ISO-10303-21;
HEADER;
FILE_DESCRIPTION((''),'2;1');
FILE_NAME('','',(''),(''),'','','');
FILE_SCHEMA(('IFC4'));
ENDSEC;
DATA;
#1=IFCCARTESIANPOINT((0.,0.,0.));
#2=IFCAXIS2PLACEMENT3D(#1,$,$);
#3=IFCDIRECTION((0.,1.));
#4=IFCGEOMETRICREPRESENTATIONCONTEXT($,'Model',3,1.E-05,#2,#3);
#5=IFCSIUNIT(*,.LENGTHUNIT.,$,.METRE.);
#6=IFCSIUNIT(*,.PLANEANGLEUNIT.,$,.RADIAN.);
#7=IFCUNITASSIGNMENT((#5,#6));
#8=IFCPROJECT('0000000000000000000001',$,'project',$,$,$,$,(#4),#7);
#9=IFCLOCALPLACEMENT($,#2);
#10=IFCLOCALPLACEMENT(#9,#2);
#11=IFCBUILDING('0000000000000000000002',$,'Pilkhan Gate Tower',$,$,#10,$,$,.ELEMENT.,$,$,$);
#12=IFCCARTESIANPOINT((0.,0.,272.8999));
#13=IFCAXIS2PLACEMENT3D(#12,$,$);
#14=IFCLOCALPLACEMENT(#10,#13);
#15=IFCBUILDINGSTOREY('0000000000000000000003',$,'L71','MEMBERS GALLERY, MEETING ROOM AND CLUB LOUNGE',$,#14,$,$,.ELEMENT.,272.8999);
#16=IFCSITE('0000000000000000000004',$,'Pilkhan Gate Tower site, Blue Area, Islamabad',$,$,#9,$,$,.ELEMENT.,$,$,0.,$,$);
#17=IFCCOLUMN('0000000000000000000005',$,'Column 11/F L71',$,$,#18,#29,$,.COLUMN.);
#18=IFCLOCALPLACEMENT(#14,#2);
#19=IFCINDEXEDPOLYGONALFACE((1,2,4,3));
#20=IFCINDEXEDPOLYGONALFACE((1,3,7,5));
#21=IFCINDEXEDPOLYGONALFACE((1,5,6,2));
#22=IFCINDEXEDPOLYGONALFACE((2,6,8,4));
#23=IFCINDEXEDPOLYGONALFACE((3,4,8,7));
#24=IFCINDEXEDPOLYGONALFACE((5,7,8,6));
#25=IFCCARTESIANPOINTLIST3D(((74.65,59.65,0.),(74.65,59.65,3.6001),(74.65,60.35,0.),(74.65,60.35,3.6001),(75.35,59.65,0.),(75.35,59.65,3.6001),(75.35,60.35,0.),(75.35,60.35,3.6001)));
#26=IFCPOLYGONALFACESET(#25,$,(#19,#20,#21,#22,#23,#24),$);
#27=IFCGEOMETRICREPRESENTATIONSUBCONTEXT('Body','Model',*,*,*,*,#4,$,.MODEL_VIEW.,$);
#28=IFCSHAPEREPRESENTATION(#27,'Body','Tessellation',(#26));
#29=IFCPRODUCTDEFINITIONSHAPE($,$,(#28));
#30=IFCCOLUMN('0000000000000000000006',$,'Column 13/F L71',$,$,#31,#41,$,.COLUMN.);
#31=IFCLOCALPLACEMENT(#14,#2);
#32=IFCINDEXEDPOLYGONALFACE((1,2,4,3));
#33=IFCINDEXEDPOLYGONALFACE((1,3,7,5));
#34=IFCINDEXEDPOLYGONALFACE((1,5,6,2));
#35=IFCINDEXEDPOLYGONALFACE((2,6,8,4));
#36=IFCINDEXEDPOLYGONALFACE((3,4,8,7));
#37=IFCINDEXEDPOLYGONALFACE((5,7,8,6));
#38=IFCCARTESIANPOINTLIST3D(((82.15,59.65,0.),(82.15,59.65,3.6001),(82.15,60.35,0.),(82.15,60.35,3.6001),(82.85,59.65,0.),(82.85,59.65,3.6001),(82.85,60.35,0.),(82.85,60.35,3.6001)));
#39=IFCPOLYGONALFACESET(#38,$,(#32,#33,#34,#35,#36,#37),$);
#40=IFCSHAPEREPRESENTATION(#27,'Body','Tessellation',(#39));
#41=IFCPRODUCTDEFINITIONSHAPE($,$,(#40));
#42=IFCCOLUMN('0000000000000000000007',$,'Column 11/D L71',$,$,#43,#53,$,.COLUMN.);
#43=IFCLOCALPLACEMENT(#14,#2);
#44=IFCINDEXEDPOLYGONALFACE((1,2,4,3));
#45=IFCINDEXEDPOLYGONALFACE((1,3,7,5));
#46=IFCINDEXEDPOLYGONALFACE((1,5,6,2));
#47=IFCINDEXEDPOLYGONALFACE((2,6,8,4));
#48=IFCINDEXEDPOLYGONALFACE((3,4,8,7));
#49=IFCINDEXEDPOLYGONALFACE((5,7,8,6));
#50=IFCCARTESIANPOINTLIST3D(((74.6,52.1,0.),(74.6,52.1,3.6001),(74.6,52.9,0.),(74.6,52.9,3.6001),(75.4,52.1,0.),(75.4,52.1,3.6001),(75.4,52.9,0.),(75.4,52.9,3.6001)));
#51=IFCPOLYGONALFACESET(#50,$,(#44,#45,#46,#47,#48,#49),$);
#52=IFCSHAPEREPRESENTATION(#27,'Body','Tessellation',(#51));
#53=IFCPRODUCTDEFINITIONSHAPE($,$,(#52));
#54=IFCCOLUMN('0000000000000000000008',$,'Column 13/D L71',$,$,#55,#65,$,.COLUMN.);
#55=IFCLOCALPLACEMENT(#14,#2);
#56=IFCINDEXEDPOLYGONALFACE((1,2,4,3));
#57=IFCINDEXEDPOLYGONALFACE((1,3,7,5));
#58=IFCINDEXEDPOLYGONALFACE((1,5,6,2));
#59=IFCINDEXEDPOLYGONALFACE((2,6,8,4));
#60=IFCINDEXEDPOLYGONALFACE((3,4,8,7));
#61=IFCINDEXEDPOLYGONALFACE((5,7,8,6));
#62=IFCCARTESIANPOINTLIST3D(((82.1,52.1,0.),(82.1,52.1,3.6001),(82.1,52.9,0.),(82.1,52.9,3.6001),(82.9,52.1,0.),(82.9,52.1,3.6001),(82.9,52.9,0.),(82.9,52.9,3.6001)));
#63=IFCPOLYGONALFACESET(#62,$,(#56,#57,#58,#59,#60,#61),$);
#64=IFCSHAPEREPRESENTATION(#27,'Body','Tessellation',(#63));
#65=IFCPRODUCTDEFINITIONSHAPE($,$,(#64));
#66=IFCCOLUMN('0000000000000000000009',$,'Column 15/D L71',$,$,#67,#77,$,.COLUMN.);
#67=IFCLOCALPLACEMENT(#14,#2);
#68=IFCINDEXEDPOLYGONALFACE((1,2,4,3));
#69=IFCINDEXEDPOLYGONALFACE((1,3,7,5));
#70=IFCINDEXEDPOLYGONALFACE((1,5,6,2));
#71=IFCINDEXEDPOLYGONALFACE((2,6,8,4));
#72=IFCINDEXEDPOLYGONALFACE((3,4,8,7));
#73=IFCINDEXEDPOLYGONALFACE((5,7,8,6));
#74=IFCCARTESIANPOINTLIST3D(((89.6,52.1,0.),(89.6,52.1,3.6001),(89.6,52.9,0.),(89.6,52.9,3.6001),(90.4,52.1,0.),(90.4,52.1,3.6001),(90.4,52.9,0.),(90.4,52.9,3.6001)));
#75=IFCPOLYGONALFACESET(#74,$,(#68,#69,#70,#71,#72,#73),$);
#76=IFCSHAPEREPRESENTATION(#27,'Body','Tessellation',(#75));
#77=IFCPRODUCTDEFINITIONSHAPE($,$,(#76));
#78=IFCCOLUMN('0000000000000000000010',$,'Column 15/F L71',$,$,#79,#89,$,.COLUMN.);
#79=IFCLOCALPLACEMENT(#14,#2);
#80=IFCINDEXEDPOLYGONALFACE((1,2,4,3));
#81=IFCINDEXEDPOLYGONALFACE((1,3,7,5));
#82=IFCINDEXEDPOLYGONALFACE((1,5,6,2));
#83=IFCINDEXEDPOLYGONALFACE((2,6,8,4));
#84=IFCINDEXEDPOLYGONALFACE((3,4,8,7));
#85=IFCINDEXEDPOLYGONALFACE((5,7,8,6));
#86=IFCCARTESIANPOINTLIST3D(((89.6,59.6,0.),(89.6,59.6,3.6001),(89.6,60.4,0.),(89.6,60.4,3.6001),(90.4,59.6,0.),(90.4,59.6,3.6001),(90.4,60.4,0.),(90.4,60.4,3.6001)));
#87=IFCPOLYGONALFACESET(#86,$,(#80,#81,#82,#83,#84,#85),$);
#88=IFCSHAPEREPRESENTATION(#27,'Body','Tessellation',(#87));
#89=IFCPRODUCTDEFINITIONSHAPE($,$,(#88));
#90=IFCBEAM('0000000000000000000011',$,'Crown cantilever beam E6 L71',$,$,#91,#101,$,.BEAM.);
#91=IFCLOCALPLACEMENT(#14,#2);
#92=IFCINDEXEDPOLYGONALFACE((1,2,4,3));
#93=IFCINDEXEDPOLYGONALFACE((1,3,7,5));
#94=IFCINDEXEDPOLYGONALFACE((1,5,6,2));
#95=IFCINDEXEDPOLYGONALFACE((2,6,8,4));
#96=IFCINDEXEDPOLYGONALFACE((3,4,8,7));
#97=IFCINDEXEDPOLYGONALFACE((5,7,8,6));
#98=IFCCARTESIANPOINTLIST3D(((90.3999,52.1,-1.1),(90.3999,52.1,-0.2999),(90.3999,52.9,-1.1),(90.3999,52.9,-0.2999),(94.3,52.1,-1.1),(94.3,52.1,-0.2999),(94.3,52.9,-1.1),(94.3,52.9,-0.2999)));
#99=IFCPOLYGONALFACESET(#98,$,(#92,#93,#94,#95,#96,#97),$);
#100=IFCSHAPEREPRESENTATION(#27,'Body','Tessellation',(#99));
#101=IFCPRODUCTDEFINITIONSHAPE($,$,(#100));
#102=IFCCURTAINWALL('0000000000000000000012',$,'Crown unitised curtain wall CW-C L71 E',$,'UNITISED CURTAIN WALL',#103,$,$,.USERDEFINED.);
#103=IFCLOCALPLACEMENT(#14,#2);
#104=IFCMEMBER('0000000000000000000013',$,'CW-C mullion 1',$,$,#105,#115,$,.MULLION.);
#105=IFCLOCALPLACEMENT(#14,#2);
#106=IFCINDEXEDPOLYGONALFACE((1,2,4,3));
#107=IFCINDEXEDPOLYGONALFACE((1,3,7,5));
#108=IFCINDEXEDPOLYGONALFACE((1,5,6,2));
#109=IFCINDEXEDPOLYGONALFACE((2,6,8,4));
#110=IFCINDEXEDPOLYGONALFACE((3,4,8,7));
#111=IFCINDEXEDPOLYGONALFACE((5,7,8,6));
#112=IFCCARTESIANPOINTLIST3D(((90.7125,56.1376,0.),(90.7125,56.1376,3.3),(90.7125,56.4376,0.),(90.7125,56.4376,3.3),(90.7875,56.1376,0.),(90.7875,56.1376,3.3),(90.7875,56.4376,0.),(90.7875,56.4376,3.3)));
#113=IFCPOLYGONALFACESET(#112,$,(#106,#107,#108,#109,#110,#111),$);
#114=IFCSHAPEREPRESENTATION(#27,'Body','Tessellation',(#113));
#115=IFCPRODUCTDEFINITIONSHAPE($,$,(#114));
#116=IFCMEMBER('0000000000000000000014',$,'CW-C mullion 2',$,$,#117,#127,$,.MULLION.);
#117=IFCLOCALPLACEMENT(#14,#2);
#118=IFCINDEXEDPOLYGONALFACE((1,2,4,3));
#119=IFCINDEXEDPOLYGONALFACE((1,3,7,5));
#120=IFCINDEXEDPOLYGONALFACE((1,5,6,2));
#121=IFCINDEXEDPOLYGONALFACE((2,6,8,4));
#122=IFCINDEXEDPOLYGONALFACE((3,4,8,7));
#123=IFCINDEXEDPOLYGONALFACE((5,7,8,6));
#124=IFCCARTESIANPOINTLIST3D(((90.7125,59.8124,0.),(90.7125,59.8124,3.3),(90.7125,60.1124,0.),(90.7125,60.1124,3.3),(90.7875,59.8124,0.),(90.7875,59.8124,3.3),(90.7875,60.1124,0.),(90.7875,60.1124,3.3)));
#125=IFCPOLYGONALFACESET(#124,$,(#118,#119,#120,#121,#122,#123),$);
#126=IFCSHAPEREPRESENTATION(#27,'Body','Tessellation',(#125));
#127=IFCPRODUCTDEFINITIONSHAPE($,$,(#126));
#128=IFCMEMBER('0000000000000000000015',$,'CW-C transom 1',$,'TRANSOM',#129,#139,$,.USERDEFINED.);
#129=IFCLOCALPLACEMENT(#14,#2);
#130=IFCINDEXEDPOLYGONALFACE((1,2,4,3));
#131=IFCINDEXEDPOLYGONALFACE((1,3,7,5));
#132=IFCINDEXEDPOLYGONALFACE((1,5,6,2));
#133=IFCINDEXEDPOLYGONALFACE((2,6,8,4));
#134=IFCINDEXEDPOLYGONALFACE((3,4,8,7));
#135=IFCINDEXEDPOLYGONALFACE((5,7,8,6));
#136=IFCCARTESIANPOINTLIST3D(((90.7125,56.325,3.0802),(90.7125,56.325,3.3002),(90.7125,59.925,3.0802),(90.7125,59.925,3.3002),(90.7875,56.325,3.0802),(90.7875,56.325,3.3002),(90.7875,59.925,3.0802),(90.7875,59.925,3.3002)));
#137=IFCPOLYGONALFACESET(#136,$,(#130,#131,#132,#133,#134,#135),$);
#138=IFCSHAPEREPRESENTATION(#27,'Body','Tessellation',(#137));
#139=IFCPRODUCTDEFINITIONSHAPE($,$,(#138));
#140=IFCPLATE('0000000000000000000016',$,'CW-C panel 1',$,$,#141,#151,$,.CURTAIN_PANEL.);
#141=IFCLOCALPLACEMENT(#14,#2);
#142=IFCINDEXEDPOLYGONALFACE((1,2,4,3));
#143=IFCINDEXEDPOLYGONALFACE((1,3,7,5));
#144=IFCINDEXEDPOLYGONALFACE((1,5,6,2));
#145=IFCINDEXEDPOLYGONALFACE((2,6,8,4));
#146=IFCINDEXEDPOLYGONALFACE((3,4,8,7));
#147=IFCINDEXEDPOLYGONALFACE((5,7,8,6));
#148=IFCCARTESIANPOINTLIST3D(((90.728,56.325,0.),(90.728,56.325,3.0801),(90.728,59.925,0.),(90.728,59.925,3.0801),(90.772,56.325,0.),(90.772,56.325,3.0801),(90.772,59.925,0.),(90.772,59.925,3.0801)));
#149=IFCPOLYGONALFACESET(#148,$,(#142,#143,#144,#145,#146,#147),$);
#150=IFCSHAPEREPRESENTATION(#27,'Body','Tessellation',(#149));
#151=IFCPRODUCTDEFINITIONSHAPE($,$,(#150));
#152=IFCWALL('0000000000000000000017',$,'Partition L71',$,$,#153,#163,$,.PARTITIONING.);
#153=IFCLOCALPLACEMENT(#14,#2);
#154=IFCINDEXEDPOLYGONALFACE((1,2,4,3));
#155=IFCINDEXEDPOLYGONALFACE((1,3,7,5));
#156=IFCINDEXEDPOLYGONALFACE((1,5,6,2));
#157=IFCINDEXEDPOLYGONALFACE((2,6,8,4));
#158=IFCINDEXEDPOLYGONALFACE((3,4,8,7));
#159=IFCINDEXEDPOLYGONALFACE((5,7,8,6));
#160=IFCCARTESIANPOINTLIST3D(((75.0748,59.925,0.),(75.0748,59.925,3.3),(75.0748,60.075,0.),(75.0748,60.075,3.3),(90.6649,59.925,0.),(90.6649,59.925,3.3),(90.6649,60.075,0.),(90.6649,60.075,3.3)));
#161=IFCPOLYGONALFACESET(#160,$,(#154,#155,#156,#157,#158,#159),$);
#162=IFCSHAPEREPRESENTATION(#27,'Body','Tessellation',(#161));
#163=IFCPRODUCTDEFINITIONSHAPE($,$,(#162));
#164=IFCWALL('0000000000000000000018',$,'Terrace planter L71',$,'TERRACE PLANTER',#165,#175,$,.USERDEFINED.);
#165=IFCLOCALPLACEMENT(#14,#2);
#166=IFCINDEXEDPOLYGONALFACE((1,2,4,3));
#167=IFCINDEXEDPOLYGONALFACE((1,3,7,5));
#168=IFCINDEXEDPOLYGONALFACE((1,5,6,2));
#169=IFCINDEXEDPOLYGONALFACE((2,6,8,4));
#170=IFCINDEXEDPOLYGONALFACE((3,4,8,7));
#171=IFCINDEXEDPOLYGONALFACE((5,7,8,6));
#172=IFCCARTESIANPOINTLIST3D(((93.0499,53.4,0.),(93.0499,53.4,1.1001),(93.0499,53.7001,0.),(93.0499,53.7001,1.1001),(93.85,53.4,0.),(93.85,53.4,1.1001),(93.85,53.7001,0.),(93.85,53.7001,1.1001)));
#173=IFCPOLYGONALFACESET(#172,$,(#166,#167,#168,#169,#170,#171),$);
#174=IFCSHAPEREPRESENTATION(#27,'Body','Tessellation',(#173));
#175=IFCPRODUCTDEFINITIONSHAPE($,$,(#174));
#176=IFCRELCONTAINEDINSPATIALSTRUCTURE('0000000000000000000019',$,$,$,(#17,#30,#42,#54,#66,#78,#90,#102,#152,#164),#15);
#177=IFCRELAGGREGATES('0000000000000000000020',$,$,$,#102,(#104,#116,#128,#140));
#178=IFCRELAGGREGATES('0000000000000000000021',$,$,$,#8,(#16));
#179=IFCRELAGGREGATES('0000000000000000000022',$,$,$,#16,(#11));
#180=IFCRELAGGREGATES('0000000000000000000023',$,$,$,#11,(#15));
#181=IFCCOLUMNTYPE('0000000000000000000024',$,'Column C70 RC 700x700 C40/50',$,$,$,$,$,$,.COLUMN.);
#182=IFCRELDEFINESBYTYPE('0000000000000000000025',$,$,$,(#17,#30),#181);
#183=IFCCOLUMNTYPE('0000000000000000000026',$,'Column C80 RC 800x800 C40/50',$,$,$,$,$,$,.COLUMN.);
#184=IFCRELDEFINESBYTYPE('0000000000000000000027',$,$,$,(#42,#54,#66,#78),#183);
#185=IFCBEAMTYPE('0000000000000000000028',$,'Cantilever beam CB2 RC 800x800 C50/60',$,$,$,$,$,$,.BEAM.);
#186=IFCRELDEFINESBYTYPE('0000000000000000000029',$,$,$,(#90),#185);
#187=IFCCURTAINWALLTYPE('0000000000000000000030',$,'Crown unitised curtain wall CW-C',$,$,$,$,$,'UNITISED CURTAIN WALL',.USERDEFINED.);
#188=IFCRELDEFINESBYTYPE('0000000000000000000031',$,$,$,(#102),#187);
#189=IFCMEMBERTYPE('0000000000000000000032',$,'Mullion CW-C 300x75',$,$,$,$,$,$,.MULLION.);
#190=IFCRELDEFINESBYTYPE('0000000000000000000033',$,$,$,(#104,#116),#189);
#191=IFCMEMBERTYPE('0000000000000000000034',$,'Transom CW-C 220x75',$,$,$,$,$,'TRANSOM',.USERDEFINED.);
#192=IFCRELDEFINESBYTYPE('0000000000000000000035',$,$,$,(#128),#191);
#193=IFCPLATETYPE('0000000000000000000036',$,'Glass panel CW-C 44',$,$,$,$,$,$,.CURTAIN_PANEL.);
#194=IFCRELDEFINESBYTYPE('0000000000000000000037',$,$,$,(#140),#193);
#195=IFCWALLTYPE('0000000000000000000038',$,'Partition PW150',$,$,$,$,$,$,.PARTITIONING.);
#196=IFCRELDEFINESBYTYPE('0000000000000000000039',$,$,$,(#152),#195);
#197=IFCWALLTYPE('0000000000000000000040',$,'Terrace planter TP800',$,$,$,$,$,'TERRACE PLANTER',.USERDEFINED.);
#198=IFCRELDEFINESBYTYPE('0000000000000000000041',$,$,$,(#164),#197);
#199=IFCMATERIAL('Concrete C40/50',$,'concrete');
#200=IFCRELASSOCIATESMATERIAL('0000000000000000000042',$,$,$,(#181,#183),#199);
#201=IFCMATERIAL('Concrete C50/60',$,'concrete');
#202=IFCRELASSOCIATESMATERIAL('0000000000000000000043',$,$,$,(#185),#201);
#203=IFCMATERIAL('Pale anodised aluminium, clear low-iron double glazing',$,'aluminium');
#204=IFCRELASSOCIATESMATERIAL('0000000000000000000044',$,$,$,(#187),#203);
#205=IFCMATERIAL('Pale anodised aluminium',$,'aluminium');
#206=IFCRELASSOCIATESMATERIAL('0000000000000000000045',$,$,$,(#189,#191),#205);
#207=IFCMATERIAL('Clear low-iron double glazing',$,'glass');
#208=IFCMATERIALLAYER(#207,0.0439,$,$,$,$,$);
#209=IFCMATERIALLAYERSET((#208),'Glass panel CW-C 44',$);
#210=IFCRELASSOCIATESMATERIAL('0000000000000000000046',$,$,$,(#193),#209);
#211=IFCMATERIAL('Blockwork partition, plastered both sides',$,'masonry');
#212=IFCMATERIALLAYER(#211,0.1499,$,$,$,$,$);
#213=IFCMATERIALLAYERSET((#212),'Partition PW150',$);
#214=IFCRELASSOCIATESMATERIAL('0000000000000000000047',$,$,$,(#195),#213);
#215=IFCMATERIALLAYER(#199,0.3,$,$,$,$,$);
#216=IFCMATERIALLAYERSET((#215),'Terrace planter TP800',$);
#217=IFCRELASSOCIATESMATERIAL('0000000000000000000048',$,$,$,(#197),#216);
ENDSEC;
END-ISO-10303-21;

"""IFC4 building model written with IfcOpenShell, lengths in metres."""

from ifc_helpers import new_model, si_unit, direction, frame, frame_2d, origin, origin_2d, place, context, subcontext, project, spatial, rectangle, extrude, material, layer, layer_set, material_profile, profile_set, type_object, element, aggregate, save


model = new_model("IFC4")

# Units and contexts
model_context = context("Model", 3, precision=1e-05, world=origin(), true_north=direction((0.0, 1.0)))
body_context = subcontext(model_context, "Body", "Model", "MODEL_VIEW")
ifc_project = project(units=[si_unit("LENGTHUNIT", "METRE"), si_unit("PLANEANGLEUNIT", "RADIAN")], contexts=[model_context])

# Site, building, storey
site_placement = place(None, origin())
site = spatial("IfcSite", under=ifc_project, at=site_placement, Name="Pilkhan Gate Tower site, Blue Area, Islamabad", CompositionType="ELEMENT", RefElevation=0.0)
building_placement = place(site_placement, origin())
building = spatial("IfcBuilding", under=site, at=building_placement, Name="Pilkhan Gate Tower", CompositionType="ELEMENT")
storey_placement = place(building_placement, frame((0.0, 0.0, 272.8999)))
storey = spatial("IfcBuildingStorey", under=building, at=storey_placement, Name="L71", Description="MEMBERS GALLERY, MEETING ROOM AND CLUB LOUNGE", CompositionType="ELEMENT", Elevation=272.8999)

# Columns
ifc_material_1 = material(Name="Concrete C40/50", Category="concrete")
ifc_material_profile_1 = material_profile(ifc_material_1, rectangle(XDim=0.7, YDim=0.7, at=origin_2d()), Name="RC 700x700")
ifc_profile_set_1 = profile_set([ifc_material_profile_1], Name="Concrete C40/50")
column_type_1 = type_object("IfcColumnType", Name="Column C70 RC 700x700 C40/50", PredefinedType="COLUMN", material=ifc_profile_set_1)
for number, where, z_axis, x_axis, name in (
    (1, (75.0, 60.0, 0.0), (0.0, 0.0, 1.0), (1.0, 0.0, 0.0), "Column 11/F L71"),
    (2, (82.5, 60.0, 0.0), (0.0, 0.0, 1.0), (1.0, 0.0, 0.0), "Column 13/F L71"),
):
    element("IfcColumn", number, at=place(storey_placement, frame(where, z_axis=z_axis, x_axis=x_axis)), inside=storey, type_object=column_type_1, Name=name, PredefinedType="COLUMN", context=body_context, shape_type="SweptSolid", body=[
        extrude(rectangle(XDim=0.7, YDim=0.7, at=origin_2d()), origin(), (0.0, 0.0, 1.0), 3.6001),
    ])
ifc_material_profile_2 = material_profile(ifc_material_1, rectangle(XDim=0.8, YDim=0.8, at=origin_2d()), Name="RC 800x800")
ifc_profile_set_2 = profile_set([ifc_material_profile_2], Name="Concrete C40/50")
column_type_2 = type_object("IfcColumnType", Name="Column C80 RC 800x800 C40/50", PredefinedType="COLUMN", material=ifc_profile_set_2)
for number, where, z_axis, x_axis, name in (
    (3, (75.0, 52.5, 0.0), (0.0, 0.0, 1.0), (1.0, 0.0, 0.0), "Column 11/D L71"),
    (4, (82.5, 52.5, 0.0), (0.0, 0.0, 1.0), (1.0, 0.0, 0.0), "Column 13/D L71"),
    (5, (90.0, 52.5, 0.0), (0.0, 0.0, 1.0), (1.0, 0.0, 0.0), "Column 15/D L71"),
    (6, (90.0, 60.0, 0.0), (0.0, 0.0, 1.0), (1.0, 0.0, 0.0), "Column 15/F L71"),
):
    element("IfcColumn", number, at=place(storey_placement, frame(where, z_axis=z_axis, x_axis=x_axis)), inside=storey, type_object=column_type_2, Name=name, PredefinedType="COLUMN", context=body_context, shape_type="SweptSolid", body=[
        extrude(rectangle(XDim=0.8, YDim=0.8, at=origin_2d()), origin(), (0.0, 0.0, 1.0), 3.6001),
    ])

# Beam
ifc_material_2 = material(Name="Concrete C50/60", Category="concrete")
ifc_material_profile_3 = material_profile(ifc_material_2, rectangle(XDim=0.8, YDim=0.8, at=origin_2d()), Name="RC 800x800")
ifc_profile_set_3 = profile_set([ifc_material_profile_3], Name="Concrete C50/60")
beam_type = type_object("IfcBeamType", Name="Cantilever beam CB2 RC 800x800 C50/60", PredefinedType="BEAM", material=ifc_profile_set_3)
beam_placement = place(storey_placement, frame((90.3999, 52.5, -0.7), z_axis=(1.0, 0.0, 0.0), x_axis=(0.0, 1.0, 0.0)))
element("IfcBeam", 7, at=beam_placement, inside=storey, type_object=beam_type, Name="Crown cantilever beam E6 L71", PredefinedType="BEAM", context=body_context, shape_type="SweptSolid", body=[
    extrude(rectangle(XDim=0.8, YDim=0.8, at=origin_2d()), origin(), (0.0, 0.0, 1.0), 3.9001),
])

# Curtain wall, members, plate
ifc_material_3 = material(Name="Pale anodised aluminium, clear low-iron double glazing", Category="aluminium")
curtain_wall_type = type_object("IfcCurtainWallType", Name="Crown unitised curtain wall CW-C", ElementType="UNITISED CURTAIN WALL", PredefinedType="USERDEFINED", material=ifc_material_3)
curtain_wall_placement = place(storey_placement, origin())
curtain_wall = element("IfcCurtainWall", 8, at=curtain_wall_placement, inside=storey, type_object=curtain_wall_type, Name="Crown unitised curtain wall CW-C L71 E", ObjectType="UNITISED CURTAIN WALL", PredefinedType="USERDEFINED")
ifc_material_4 = material(Name="Pale anodised aluminium", Category="aluminium")
ifc_material_profile_4 = material_profile(ifc_material_4, rectangle(XDim=0.075, YDim=0.3, at=origin_2d()), Name="Mullion 300x75")
ifc_profile_set_4 = profile_set([ifc_material_profile_4], Name="Pale anodised aluminium")
member_type_1 = type_object("IfcMemberType", Name="Mullion CW-C 300x75", PredefinedType="MULLION", material=ifc_profile_set_4)
member_1_placement = place(storey_placement, frame((90.75, 56.2876, 0.0), z_axis=(0.0, 0.0, 1.0), x_axis=(-1.0, 0.0, 0.0)))
member_1 = element("IfcMember", 9, at=member_1_placement, type_object=member_type_1, Name="CW-C mullion 1", PredefinedType="MULLION", context=body_context, shape_type="SweptSolid", body=[
    extrude(rectangle(XDim=0.075, YDim=0.3, at=origin_2d()), origin(), (0.0, 0.0, 1.0), 3.3),
])
member_2_placement = place(storey_placement, frame((90.75, 59.9624, 0.0), z_axis=(0.0, 0.0, 1.0), x_axis=(-1.0, 0.0, 0.0)))
member_2 = element("IfcMember", 10, at=member_2_placement, type_object=member_type_1, Name="CW-C mullion 2", PredefinedType="MULLION", context=body_context, shape_type="SweptSolid", body=[
    extrude(rectangle(XDim=0.075, YDim=0.3, at=origin_2d()), origin(), (0.0, 0.0, 1.0), 3.3),
])
ifc_material_profile_5 = material_profile(ifc_material_4, rectangle(XDim=0.075, YDim=0.22, at=origin_2d()), Name="Transom 220x75")
ifc_profile_set_5 = profile_set([ifc_material_profile_5], Name="Pale anodised aluminium")
member_type_2 = type_object("IfcMemberType", Name="Transom CW-C 220x75", ElementType="TRANSOM", PredefinedType="USERDEFINED", material=ifc_profile_set_5)
member_3_placement = place(storey_placement, frame((90.75, 56.325, 3.1902), z_axis=(0.0, 1.0, 0.0), x_axis=(-1.0, 0.0, 0.0)))
member_3 = element("IfcMember", 11, at=member_3_placement, type_object=member_type_2, Name="CW-C transom 1", ObjectType="TRANSOM", PredefinedType="USERDEFINED", context=body_context, shape_type="SweptSolid", body=[
    extrude(rectangle(XDim=0.075, YDim=0.22, at=origin_2d()), origin(), (0.0, 0.0, 1.0), 3.6001),
])
ifc_material_5 = material(Name="Clear low-iron double glazing", Category="glass")
ifc_layer_1 = layer(ifc_material_5, 0.0439)
ifc_layer_set_1 = layer_set([ifc_layer_1], Name="Glass panel CW-C 44")
plate_type = type_object("IfcPlateType", Name="Glass panel CW-C 44", PredefinedType="CURTAIN_PANEL", material=ifc_layer_set_1)
plate_placement = place(storey_placement, frame((90.75, 58.125, 0.0), z_axis=(0.0, 0.0, 1.0), x_axis=(0.0, 1.0, 0.0)))
plate = element("IfcPlate", 12, at=plate_placement, type_object=plate_type, Name="CW-C panel 1", PredefinedType="CURTAIN_PANEL", context=body_context, shape_type="SweptSolid", body=[
    extrude(rectangle(XDim=3.6001, YDim=0.0439, at=origin_2d()), origin(), (0.0, 0.0, 1.0), 3.0801),
])
aggregate(curtain_wall, [member_1, member_2, member_3, plate])

# Walls
ifc_material_6 = material(Name="Blockwork partition, plastered both sides", Category="masonry")
ifc_layer_2 = layer(ifc_material_6, 0.1499)
ifc_layer_set_2 = layer_set([ifc_layer_2], Name="Partition PW150")
wall_type_1 = type_object("IfcWallType", Name="Partition PW150", PredefinedType="PARTITIONING", material=ifc_layer_set_2)
wall_1_placement = place(storey_placement, frame((75.075, 60.0, 0.0), z_axis=(0.0, 0.0, 1.0), x_axis=(1.0, 0.0, 0.0)))
element("IfcWall", 13, at=wall_1_placement, inside=storey, type_object=wall_type_1, Name="Partition L71", PredefinedType="PARTITIONING", context=body_context, shape_type="SweptSolid", body=[
    extrude(rectangle(XDim=15.5901, YDim=0.1499, at=frame_2d((7.7949, 0.0))), origin(), (0.0, 0.0, 1.0), 3.3),
])
ifc_layer_3 = layer(ifc_material_1, 0.3)
ifc_layer_set_3 = layer_set([ifc_layer_3], Name="Terrace planter TP800")
wall_type_2 = type_object("IfcWallType", Name="Terrace planter TP800", ElementType="TERRACE PLANTER", PredefinedType="USERDEFINED", material=ifc_layer_set_3)
wall_2_placement = place(storey_placement, frame((93.05, 53.55, 0.0), z_axis=(0.0, 0.0, 1.0), x_axis=(1.0, 0.0, 0.0)))
element("IfcWall", 14, at=wall_2_placement, inside=storey, type_object=wall_type_2, Name="Terrace planter L71", ObjectType="TERRACE PLANTER", PredefinedType="USERDEFINED", context=body_context, shape_type="SweptSolid", body=[
    extrude(rectangle(XDim=0.8, YDim=0.3, at=frame_2d((0.3999, 0.0))), origin(), (0.0, 0.0, 1.0), 1.1001),
])

save(model, "model.ifc")
